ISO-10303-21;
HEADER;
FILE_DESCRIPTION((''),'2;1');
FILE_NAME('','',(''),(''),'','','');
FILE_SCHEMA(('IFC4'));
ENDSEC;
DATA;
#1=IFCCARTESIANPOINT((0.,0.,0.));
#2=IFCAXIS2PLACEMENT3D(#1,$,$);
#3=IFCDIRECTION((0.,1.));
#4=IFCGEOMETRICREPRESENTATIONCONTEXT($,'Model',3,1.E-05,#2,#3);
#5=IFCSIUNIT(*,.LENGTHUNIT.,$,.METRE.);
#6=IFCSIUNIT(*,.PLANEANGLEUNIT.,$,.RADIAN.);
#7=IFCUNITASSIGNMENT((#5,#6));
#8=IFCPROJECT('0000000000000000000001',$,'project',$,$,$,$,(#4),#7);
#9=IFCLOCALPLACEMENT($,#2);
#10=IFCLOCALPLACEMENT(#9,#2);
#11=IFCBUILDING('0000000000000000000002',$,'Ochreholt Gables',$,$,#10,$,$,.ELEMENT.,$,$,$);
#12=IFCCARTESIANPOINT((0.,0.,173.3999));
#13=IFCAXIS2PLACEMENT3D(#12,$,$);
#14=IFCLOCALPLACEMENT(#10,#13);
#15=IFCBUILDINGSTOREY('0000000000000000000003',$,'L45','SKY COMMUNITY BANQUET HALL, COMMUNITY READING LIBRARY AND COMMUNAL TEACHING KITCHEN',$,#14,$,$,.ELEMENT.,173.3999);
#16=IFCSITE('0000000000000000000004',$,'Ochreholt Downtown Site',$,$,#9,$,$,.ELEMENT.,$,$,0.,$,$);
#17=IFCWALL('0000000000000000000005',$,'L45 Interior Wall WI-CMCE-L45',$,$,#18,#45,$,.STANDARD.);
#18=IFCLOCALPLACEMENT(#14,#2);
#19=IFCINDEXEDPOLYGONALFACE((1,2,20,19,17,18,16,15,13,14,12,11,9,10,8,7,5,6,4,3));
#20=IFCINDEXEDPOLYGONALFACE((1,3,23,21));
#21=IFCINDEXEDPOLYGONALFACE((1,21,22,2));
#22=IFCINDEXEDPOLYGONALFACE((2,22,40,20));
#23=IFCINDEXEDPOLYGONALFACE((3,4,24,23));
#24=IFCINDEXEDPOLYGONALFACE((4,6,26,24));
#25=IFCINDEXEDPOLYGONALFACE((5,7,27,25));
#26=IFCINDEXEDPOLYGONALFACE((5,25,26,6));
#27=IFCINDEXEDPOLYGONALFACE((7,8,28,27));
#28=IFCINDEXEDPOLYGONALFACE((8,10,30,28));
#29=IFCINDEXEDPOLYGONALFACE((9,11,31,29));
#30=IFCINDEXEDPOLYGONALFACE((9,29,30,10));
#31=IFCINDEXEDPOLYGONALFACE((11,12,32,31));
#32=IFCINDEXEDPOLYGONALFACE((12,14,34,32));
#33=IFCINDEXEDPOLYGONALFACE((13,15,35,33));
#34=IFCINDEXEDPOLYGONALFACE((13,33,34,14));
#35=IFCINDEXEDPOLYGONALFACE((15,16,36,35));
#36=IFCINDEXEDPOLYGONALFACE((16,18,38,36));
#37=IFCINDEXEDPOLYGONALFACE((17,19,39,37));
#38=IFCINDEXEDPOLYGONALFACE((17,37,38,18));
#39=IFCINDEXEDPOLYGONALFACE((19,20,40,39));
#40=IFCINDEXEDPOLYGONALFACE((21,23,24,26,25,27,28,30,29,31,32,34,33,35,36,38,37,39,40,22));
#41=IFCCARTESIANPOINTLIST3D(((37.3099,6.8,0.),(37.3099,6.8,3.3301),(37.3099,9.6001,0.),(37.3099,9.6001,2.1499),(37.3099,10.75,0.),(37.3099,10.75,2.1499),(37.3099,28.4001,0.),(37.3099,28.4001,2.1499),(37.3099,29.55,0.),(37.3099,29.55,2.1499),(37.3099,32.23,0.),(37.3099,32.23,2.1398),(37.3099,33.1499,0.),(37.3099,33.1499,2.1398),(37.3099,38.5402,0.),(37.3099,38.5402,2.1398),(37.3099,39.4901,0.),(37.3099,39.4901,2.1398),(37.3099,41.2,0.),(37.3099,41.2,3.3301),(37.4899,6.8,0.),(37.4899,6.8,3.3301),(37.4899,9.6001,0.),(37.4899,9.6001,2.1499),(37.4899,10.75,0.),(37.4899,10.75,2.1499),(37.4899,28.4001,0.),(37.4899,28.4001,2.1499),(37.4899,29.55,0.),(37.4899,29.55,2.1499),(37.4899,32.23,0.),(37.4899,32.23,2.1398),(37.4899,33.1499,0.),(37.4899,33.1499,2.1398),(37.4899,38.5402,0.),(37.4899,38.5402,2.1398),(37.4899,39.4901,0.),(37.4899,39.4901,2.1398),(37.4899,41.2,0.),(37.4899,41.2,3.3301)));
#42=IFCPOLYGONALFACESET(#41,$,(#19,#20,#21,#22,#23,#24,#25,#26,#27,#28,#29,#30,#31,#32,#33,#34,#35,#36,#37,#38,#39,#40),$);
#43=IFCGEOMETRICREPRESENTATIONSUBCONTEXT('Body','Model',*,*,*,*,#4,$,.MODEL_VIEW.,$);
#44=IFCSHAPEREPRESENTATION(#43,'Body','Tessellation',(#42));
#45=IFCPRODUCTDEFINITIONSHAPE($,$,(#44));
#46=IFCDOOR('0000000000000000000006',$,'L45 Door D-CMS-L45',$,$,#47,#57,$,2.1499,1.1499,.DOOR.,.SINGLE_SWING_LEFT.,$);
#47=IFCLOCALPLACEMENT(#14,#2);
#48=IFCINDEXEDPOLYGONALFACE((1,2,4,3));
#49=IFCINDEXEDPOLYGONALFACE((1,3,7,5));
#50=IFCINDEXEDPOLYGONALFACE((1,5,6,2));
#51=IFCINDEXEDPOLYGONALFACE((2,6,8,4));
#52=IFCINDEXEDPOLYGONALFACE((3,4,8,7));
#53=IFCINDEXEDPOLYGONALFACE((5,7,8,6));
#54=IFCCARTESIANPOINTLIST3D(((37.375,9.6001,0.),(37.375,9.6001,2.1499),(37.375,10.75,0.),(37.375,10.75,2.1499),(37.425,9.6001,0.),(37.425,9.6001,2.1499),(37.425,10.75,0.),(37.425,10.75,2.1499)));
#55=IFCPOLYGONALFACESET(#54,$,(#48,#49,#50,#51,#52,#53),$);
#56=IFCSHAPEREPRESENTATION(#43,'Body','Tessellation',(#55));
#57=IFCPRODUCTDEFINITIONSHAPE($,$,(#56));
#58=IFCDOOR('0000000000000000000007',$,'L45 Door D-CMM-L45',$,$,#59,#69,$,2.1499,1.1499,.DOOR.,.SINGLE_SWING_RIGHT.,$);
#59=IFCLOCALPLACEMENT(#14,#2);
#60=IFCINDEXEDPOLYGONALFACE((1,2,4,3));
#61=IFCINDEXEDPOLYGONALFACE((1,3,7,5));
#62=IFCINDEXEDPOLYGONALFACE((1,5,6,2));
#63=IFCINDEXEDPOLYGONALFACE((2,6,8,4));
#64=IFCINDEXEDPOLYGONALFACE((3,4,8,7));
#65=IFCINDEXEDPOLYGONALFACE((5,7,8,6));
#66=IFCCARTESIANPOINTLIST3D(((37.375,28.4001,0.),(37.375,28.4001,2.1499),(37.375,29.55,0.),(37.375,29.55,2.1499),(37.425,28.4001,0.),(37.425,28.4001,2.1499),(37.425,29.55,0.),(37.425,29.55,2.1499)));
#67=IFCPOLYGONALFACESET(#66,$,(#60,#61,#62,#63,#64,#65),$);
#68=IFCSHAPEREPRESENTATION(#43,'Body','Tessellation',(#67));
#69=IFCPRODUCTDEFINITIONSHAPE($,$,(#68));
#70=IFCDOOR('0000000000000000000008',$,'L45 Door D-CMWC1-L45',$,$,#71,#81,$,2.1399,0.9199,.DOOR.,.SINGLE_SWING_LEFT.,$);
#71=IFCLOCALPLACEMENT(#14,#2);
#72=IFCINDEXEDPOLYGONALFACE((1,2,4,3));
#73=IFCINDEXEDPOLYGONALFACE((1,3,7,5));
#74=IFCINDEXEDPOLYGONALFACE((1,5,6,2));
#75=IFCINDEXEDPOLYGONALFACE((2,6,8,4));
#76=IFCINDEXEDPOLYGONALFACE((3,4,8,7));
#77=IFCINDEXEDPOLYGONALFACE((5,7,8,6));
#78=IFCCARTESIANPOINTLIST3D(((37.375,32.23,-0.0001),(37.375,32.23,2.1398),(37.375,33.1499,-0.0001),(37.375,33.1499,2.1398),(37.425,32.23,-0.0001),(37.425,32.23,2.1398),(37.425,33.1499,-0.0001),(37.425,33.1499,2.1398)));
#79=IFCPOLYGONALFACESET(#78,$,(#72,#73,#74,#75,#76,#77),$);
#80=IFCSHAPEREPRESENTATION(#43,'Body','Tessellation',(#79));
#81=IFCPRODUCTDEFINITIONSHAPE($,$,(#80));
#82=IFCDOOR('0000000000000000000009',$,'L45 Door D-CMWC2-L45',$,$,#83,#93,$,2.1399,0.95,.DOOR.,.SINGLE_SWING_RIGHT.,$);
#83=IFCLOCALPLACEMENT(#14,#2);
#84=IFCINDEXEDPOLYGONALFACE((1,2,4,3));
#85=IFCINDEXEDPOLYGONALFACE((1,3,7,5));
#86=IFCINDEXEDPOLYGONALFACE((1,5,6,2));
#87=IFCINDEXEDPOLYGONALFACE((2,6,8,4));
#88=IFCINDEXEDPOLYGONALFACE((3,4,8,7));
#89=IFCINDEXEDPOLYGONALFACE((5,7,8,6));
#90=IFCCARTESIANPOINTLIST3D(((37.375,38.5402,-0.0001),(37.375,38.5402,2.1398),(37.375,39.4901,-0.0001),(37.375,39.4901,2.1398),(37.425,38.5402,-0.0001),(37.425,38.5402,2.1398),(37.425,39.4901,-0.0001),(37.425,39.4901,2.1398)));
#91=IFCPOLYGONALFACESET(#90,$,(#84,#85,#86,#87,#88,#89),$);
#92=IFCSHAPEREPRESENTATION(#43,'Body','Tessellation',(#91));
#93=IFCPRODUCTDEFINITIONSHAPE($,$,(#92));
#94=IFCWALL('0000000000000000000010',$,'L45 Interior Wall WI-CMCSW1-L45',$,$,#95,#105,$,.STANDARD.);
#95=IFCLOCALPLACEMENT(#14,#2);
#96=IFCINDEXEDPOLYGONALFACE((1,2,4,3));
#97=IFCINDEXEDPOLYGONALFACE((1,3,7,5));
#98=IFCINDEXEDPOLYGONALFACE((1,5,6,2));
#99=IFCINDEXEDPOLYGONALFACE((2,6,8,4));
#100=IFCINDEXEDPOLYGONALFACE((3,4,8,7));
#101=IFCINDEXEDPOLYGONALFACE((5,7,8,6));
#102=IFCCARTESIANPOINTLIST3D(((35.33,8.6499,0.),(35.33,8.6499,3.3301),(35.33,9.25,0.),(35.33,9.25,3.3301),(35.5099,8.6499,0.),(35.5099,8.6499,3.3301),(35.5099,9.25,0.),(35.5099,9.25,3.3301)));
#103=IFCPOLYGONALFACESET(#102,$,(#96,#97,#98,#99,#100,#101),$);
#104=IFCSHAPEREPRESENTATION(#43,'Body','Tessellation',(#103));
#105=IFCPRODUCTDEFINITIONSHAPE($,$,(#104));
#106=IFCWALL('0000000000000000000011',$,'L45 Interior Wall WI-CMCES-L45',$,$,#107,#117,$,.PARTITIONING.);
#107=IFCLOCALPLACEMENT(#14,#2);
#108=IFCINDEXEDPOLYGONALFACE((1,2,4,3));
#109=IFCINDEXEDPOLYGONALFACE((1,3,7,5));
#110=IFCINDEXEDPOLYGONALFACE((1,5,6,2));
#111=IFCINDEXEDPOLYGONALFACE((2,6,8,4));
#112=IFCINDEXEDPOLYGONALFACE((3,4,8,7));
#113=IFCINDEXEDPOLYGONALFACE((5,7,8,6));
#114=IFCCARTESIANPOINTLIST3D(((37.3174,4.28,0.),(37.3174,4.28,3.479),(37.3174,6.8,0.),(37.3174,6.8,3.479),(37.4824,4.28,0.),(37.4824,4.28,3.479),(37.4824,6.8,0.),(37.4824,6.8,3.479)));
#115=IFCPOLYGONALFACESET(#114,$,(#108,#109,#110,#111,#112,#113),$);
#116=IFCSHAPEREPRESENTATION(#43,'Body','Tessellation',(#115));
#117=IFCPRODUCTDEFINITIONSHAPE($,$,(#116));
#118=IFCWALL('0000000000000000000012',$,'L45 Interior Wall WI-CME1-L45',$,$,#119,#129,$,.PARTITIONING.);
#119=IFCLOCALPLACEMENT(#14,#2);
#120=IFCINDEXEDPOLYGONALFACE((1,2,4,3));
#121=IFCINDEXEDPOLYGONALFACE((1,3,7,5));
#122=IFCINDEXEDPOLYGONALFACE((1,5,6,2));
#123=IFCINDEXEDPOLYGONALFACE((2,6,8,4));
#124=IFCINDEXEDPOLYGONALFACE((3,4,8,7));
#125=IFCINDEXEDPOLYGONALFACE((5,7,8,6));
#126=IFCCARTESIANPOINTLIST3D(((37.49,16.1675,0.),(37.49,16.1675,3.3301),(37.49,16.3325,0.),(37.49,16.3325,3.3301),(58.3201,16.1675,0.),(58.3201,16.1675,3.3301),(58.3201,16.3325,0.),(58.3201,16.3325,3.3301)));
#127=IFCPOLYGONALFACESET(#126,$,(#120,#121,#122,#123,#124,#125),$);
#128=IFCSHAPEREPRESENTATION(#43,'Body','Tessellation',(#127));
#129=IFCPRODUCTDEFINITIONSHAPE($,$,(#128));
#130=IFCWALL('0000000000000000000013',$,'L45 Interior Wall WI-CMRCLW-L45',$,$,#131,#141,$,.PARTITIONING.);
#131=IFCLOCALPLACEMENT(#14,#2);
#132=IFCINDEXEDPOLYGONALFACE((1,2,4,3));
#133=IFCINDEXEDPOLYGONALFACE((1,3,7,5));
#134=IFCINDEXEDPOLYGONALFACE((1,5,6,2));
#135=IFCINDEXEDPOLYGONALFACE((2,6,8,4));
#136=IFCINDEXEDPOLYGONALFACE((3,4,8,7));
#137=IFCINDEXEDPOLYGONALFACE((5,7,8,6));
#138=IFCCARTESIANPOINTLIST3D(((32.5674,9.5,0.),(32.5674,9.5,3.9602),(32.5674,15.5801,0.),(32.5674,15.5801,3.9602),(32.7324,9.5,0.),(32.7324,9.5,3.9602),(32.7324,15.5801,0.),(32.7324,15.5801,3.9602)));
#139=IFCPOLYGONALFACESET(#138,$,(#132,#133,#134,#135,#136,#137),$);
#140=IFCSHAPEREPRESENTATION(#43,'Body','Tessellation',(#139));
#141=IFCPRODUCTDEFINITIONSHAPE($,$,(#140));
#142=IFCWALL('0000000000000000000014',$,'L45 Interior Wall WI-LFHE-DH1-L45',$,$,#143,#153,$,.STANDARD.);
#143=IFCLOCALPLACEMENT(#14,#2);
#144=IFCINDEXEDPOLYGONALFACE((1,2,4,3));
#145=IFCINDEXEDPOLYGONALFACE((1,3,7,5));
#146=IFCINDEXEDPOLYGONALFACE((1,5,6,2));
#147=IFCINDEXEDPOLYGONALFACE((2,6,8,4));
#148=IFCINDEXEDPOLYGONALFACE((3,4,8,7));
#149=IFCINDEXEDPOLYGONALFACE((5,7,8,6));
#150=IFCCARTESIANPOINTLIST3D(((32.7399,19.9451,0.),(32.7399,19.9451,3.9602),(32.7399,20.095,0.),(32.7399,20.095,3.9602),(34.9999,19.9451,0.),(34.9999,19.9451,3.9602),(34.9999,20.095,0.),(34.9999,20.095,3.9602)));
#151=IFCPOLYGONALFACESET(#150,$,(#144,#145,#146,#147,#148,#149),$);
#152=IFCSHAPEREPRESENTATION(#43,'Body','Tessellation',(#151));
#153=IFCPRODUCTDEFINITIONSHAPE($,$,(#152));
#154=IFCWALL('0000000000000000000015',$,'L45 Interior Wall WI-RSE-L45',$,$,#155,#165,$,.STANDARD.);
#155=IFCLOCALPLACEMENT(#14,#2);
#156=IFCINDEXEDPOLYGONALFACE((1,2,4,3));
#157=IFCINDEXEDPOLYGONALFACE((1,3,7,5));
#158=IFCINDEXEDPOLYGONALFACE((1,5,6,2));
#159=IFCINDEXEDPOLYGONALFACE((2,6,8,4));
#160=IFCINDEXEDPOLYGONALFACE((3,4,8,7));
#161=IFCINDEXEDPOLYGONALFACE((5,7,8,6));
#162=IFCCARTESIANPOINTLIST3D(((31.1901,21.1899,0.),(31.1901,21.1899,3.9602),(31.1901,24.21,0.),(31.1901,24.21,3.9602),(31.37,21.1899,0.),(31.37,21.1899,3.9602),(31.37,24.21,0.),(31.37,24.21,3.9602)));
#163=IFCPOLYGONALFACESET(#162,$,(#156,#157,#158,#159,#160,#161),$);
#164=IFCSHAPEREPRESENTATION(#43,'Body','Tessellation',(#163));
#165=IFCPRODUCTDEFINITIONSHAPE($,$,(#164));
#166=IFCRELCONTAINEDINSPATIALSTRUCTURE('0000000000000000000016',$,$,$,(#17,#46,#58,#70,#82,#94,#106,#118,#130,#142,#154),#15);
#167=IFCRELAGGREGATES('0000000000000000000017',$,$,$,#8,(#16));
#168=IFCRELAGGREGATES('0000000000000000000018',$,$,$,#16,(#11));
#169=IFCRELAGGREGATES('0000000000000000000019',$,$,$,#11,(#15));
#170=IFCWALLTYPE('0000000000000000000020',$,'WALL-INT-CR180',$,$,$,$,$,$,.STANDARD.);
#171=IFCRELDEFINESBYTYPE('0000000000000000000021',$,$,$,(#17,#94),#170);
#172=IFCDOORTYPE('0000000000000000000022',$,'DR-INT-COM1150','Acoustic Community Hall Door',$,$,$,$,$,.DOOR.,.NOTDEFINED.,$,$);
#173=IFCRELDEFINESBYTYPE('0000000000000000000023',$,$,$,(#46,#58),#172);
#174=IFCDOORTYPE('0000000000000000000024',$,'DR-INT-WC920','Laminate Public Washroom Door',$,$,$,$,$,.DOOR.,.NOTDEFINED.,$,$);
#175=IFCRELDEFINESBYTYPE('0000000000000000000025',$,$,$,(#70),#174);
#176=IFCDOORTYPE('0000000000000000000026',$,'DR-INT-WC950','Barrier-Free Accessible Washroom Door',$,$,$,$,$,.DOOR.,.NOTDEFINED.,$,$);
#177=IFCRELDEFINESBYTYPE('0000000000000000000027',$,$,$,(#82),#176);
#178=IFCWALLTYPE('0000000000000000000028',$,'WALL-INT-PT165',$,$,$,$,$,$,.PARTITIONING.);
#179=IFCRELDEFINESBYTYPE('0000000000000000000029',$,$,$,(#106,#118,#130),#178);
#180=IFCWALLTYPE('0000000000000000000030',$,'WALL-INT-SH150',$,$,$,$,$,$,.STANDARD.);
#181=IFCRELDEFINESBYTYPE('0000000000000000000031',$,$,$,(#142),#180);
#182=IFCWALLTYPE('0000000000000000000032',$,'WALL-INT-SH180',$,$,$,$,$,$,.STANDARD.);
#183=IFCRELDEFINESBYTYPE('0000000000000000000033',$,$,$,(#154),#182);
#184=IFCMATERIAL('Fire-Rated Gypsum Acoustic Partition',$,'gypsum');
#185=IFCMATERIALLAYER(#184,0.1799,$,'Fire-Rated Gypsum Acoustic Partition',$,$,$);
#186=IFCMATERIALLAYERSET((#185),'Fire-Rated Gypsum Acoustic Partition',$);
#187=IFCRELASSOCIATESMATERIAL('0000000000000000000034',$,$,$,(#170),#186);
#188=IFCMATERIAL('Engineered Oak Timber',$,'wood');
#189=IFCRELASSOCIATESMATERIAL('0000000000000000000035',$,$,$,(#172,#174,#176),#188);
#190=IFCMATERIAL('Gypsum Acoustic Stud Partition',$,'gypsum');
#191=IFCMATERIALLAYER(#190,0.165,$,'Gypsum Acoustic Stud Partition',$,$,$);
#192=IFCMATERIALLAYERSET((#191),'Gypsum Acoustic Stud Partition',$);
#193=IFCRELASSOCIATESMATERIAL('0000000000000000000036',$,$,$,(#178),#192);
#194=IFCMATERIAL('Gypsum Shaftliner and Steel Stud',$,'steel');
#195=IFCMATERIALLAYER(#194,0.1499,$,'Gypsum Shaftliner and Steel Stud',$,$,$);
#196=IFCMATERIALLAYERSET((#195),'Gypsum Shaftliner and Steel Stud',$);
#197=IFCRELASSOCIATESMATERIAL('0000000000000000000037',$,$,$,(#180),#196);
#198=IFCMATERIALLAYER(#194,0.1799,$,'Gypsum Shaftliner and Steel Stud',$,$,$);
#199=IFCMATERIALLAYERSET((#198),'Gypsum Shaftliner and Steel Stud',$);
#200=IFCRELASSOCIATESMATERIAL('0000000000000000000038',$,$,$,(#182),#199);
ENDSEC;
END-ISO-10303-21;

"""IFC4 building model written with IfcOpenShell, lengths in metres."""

from ifc_helpers import new_model, si_unit, direction, frame, frame_2d, origin, place, context, subcontext, project, spatial, rectangle, extrude, material, layer, layer_set, type_object, element, fill, save


model = new_model("IFC4")

# Units and contexts
model_context = context("Model", 3, precision=1e-05, world=origin(), true_north=direction((0.0, 1.0)))
body_context = subcontext(model_context, "Body", "Model", "MODEL_VIEW")
ifc_project = project(units=[si_unit("LENGTHUNIT", "METRE"), si_unit("PLANEANGLEUNIT", "RADIAN")], contexts=[model_context])

# Site, building, storey
site_placement = place(None, origin())
site = spatial("IfcSite", under=ifc_project, at=site_placement, Name="Ochreholt Downtown Site", CompositionType="ELEMENT", RefElevation=0.0)
building_placement = place(site_placement, origin())
building = spatial("IfcBuilding", under=site, at=building_placement, Name="Ochreholt Gables", CompositionType="ELEMENT")
storey_placement = place(building_placement, frame((0.0, 0.0, 173.3999)))
storey = spatial("IfcBuildingStorey", under=building, at=storey_placement, Name="L45", Description="SKY COMMUNITY BANQUET HALL, COMMUNITY READING LIBRARY AND COMMUNAL TEACHING KITCHEN", CompositionType="ELEMENT", Elevation=173.3999)

# Wall, openings, doors
ifc_material_1 = material(Name="Fire-Rated Gypsum Acoustic Partition", Category="gypsum")
ifc_layer_1 = layer(ifc_material_1, 0.1799, Name="Fire-Rated Gypsum Acoustic Partition")
ifc_layer_set_1 = layer_set([ifc_layer_1], Name="Fire-Rated Gypsum Acoustic Partition")
wall_type_1 = type_object("IfcWallType", Name="WALL-INT-CR180", PredefinedType="STANDARD", material=ifc_layer_set_1)
wall_1_placement = place(storey_placement, frame((37.3999, 6.8, 0.0), z_axis=(0.0, 0.0, 1.0), x_axis=(0.0, 1.0, 0.0)))
wall_1 = element("IfcWall", 1, at=wall_1_placement, inside=storey, type_object=wall_type_1, Name="L45 Interior Wall WI-CMCE-L45", PredefinedType="STANDARD", context=body_context, shape_type="SweptSolid", body=[
    extrude(rectangle(XDim=34.3999, YDim=0.1799, at=frame_2d((17.2, 0.0))), origin(), (0.0, 0.0, 1.0), 3.3301),
])
opening_1_placement = place(wall_1_placement, frame((25.4299, 0.0, 0.0)))
opening_1 = element("IfcOpeningElement", 2, at=opening_1_placement, cuts=wall_1, PredefinedType="OPENING", context=body_context, shape_type="SweptSolid", body=[
    extrude(rectangle(XDim=0.9199, YDim=2.1399, at=frame_2d((0.46, 1.0698))), frame((0.0, 0.0999, 0.0), z_axis=(0.0, -1.0, 0.0), x_axis=(1.0, 0.0, 0.0)), (0.0, 0.0, 1.0), 0.2),
])
opening_2_placement = place(wall_1_placement, frame((31.74, 0.0, 0.0)))
opening_2 = element("IfcOpeningElement", 3, at=opening_2_placement, cuts=wall_1, PredefinedType="OPENING", context=body_context, shape_type="SweptSolid", body=[
    extrude(rectangle(XDim=0.95, YDim=2.1399, at=frame_2d((0.4751, 1.0698))), frame((0.0, 0.0999, 0.0), z_axis=(0.0, -1.0, 0.0), x_axis=(1.0, 0.0, 0.0)), (0.0, 0.0, 1.0), 0.2),
])
opening_3_placement = place(wall_1_placement, frame((2.8, 0.0, 0.0)))
opening_3 = element("IfcOpeningElement", 4, at=opening_3_placement, cuts=wall_1, PredefinedType="OPENING", context=body_context, shape_type="SweptSolid", body=[
    extrude(rectangle(XDim=1.1499, YDim=2.1499, at=frame_2d((0.575, 1.075))), frame((0.0, 0.0999, 0.0), z_axis=(0.0, -1.0, 0.0), x_axis=(1.0, 0.0, 0.0)), (0.0, 0.0, 1.0), 0.2),
])
opening_4_placement = place(wall_1_placement, frame((21.6001, 0.0, 0.0)))
opening_4 = element("IfcOpeningElement", 5, at=opening_4_placement, cuts=wall_1, PredefinedType="OPENING", context=body_context, shape_type="SweptSolid", body=[
    extrude(rectangle(XDim=1.1499, YDim=2.1499, at=frame_2d((0.575, 1.075))), frame((0.0, 0.0999, 0.0), z_axis=(0.0, -1.0, 0.0), x_axis=(1.0, 0.0, 0.0)), (0.0, 0.0, 1.0), 0.2),
])
ifc_material_2 = material(Name="Engineered Oak Timber", Category="wood")
door_type_1 = type_object("IfcDoorType", Name="DR-INT-COM1150", Description="Acoustic Community Hall Door", OperationType="NOTDEFINED", PredefinedType="DOOR", material=ifc_material_2)
door_1_placement = place(opening_3_placement, origin())
door_1 = element("IfcDoor", 6, at=door_1_placement, inside=storey, type_object=door_type_1, Name="L45 Door D-CMS-L45", OperationType="SINGLE_SWING_LEFT", OverallHeight=2.1499, OverallWidth=1.1499, PredefinedType="DOOR", context=body_context, shape_type="SweptSolid", body=[
    extrude(rectangle(XDim=1.1499, YDim=2.1499, at=frame_2d((0.575, 1.075))), frame((0.0, 0.0249, 0.0), z_axis=(0.0, -1.0, 0.0), x_axis=(1.0, 0.0, 0.0)), (0.0, 0.0, 1.0), 0.05),
])
fill(opening_3, door_1)
door_2_placement = place(opening_4_placement, origin())
door_2 = element("IfcDoor", 7, at=door_2_placement, inside=storey, type_object=door_type_1, Name="L45 Door D-CMM-L45", OperationType="SINGLE_SWING_RIGHT", OverallHeight=2.1499, OverallWidth=1.1499, PredefinedType="DOOR", context=body_context, shape_type="SweptSolid", body=[
    extrude(rectangle(XDim=1.1499, YDim=2.1499, at=frame_2d((0.575, 1.075))), frame((0.0, 0.0249, 0.0), z_axis=(0.0, -1.0, 0.0), x_axis=(1.0, 0.0, 0.0)), (0.0, 0.0, 1.0), 0.05),
])
fill(opening_4, door_2)
door_type_2 = type_object("IfcDoorType", Name="DR-INT-WC920", Description="Laminate Public Washroom Door", OperationType="NOTDEFINED", PredefinedType="DOOR", material=ifc_material_2)
door_3_placement = place(opening_1_placement, origin())
door_3 = element("IfcDoor", 8, at=door_3_placement, inside=storey, type_object=door_type_2, Name="L45 Door D-CMWC1-L45", OperationType="SINGLE_SWING_LEFT", OverallHeight=2.1399, OverallWidth=0.9199, PredefinedType="DOOR", context=body_context, shape_type="SweptSolid", body=[
    extrude(rectangle(XDim=0.9199, YDim=2.1399, at=frame_2d((0.46, 1.0698))), frame((0.0, 0.0249, 0.0), z_axis=(0.0, -1.0, 0.0), x_axis=(1.0, 0.0, 0.0)), (0.0, 0.0, 1.0), 0.05),
])
fill(opening_1, door_3)
door_type_3 = type_object("IfcDoorType", Name="DR-INT-WC950", Description="Barrier-Free Accessible Washroom Door", OperationType="NOTDEFINED", PredefinedType="DOOR", material=ifc_material_2)
door_4_placement = place(opening_2_placement, origin())
door_4 = element("IfcDoor", 9, at=door_4_placement, inside=storey, type_object=door_type_3, Name="L45 Door D-CMWC2-L45", OperationType="SINGLE_SWING_RIGHT", OverallHeight=2.1399, OverallWidth=0.95, PredefinedType="DOOR", context=body_context, shape_type="SweptSolid", body=[
    extrude(rectangle(XDim=0.95, YDim=2.1399, at=frame_2d((0.4751, 1.0698))), frame((0.0, 0.0249, 0.0), z_axis=(0.0, -1.0, 0.0), x_axis=(1.0, 0.0, 0.0)), (0.0, 0.0, 1.0), 0.05),
])
fill(opening_2, door_4)

# Walls
wall_2_placement = place(storey_placement, frame((35.4199, 8.6499, 0.0), z_axis=(0.0, 0.0, 1.0), x_axis=(0.0, 1.0, 0.0)))
element("IfcWall", 10, at=wall_2_placement, inside=storey, type_object=wall_type_1, Name="L45 Interior Wall WI-CMCSW1-L45", PredefinedType="STANDARD", context=body_context, shape_type="SweptSolid", body=[
    extrude(rectangle(XDim=0.6001, YDim=0.1799, at=frame_2d((0.3, 0.0))), origin(), (0.0, 0.0, 1.0), 3.3301),
])
ifc_material_3 = material(Name="Gypsum Acoustic Stud Partition", Category="gypsum")
ifc_layer_2 = layer(ifc_material_3, 0.165, Name="Gypsum Acoustic Stud Partition")
ifc_layer_set_2 = layer_set([ifc_layer_2], Name="Gypsum Acoustic Stud Partition")
wall_type_2 = type_object("IfcWallType", Name="WALL-INT-PT165", PredefinedType="PARTITIONING", material=ifc_layer_set_2)
wall_3_placement = place(storey_placement, frame((37.3999, 4.28, 0.0), z_axis=(0.0, 0.0, 1.0), x_axis=(0.0, 1.0, 0.0)))
element("IfcWall", 11, at=wall_3_placement, inside=storey, type_object=wall_type_2, Name="L45 Interior Wall WI-CMCES-L45", PredefinedType="PARTITIONING", context=body_context, shape_type="SweptSolid", body=[
    extrude(rectangle(XDim=2.52, YDim=0.165, at=frame_2d((1.26, 0.0))), origin(), (0.0, 0.0, 1.0), 3.479),
])
wall_4_placement = place(storey_placement, frame((37.49, 16.25, 0.0), z_axis=(0.0, 0.0, 1.0), x_axis=(1.0, 0.0, 0.0)))
element("IfcWall", 12, at=wall_4_placement, inside=storey, type_object=wall_type_2, Name="L45 Interior Wall WI-CME1-L45", PredefinedType="PARTITIONING", context=body_context, shape_type="SweptSolid", body=[
    extrude(rectangle(XDim=20.8301, YDim=0.165, at=frame_2d((10.415, 0.0))), origin(), (0.0, 0.0, 1.0), 3.3301),
])
wall_5_placement = place(storey_placement, frame((32.6499, 9.5, 0.0), z_axis=(0.0, 0.0, 1.0), x_axis=(0.0, 1.0, 0.0)))
element("IfcWall", 13, at=wall_5_placement, inside=storey, type_object=wall_type_2, Name="L45 Interior Wall WI-CMRCLW-L45", PredefinedType="PARTITIONING", context=body_context, shape_type="SweptSolid", body=[
    extrude(rectangle(XDim=6.0801, YDim=0.165, at=frame_2d((3.04, 0.0))), origin(), (0.0, 0.0, 1.0), 3.9602),
])

# Walls
ifc_material_4 = material(Name="Gypsum Shaftliner and Steel Stud", Category="steel")
ifc_layer_3 = layer(ifc_material_4, 0.1499, Name="Gypsum Shaftliner and Steel Stud")
ifc_layer_set_3 = layer_set([ifc_layer_3], Name="Gypsum Shaftliner and Steel Stud")
wall_type_3 = type_object("IfcWallType", Name="WALL-INT-SH150", PredefinedType="STANDARD", material=ifc_layer_set_3)
wall_6_placement = place(storey_placement, frame((32.74, 20.02, 0.0), z_axis=(0.0, 0.0, 1.0), x_axis=(1.0, 0.0, 0.0)))
element("IfcWall", 14, at=wall_6_placement, inside=storey, type_object=wall_type_3, Name="L45 Interior Wall WI-LFHE-DH1-L45", PredefinedType="STANDARD", context=body_context, shape_type="SweptSolid", body=[
    extrude(rectangle(XDim=2.26, YDim=0.1499, at=frame_2d((1.1299, 0.0))), origin(), (0.0, 0.0, 1.0), 3.9602),
])
ifc_layer_4 = layer(ifc_material_4, 0.1799, Name="Gypsum Shaftliner and Steel Stud")
ifc_layer_set_4 = layer_set([ifc_layer_4], Name="Gypsum Shaftliner and Steel Stud")
wall_type_4 = type_object("IfcWallType", Name="WALL-INT-SH180", PredefinedType="STANDARD", material=ifc_layer_set_4)
wall_7_placement = place(storey_placement, frame((31.28, 21.1899, 0.0), z_axis=(0.0, 0.0, 1.0), x_axis=(0.0, 1.0, 0.0)))
element("IfcWall", 15, at=wall_7_placement, inside=storey, type_object=wall_type_4, Name="L45 Interior Wall WI-RSE-L45", PredefinedType="STANDARD", context=body_context, shape_type="SweptSolid", body=[
    extrude(rectangle(XDim=3.02, YDim=0.1799, at=frame_2d((1.51, 0.0))), origin(), (0.0, 0.0, 1.0), 3.9602),
])

save(model, "model.ifc")
